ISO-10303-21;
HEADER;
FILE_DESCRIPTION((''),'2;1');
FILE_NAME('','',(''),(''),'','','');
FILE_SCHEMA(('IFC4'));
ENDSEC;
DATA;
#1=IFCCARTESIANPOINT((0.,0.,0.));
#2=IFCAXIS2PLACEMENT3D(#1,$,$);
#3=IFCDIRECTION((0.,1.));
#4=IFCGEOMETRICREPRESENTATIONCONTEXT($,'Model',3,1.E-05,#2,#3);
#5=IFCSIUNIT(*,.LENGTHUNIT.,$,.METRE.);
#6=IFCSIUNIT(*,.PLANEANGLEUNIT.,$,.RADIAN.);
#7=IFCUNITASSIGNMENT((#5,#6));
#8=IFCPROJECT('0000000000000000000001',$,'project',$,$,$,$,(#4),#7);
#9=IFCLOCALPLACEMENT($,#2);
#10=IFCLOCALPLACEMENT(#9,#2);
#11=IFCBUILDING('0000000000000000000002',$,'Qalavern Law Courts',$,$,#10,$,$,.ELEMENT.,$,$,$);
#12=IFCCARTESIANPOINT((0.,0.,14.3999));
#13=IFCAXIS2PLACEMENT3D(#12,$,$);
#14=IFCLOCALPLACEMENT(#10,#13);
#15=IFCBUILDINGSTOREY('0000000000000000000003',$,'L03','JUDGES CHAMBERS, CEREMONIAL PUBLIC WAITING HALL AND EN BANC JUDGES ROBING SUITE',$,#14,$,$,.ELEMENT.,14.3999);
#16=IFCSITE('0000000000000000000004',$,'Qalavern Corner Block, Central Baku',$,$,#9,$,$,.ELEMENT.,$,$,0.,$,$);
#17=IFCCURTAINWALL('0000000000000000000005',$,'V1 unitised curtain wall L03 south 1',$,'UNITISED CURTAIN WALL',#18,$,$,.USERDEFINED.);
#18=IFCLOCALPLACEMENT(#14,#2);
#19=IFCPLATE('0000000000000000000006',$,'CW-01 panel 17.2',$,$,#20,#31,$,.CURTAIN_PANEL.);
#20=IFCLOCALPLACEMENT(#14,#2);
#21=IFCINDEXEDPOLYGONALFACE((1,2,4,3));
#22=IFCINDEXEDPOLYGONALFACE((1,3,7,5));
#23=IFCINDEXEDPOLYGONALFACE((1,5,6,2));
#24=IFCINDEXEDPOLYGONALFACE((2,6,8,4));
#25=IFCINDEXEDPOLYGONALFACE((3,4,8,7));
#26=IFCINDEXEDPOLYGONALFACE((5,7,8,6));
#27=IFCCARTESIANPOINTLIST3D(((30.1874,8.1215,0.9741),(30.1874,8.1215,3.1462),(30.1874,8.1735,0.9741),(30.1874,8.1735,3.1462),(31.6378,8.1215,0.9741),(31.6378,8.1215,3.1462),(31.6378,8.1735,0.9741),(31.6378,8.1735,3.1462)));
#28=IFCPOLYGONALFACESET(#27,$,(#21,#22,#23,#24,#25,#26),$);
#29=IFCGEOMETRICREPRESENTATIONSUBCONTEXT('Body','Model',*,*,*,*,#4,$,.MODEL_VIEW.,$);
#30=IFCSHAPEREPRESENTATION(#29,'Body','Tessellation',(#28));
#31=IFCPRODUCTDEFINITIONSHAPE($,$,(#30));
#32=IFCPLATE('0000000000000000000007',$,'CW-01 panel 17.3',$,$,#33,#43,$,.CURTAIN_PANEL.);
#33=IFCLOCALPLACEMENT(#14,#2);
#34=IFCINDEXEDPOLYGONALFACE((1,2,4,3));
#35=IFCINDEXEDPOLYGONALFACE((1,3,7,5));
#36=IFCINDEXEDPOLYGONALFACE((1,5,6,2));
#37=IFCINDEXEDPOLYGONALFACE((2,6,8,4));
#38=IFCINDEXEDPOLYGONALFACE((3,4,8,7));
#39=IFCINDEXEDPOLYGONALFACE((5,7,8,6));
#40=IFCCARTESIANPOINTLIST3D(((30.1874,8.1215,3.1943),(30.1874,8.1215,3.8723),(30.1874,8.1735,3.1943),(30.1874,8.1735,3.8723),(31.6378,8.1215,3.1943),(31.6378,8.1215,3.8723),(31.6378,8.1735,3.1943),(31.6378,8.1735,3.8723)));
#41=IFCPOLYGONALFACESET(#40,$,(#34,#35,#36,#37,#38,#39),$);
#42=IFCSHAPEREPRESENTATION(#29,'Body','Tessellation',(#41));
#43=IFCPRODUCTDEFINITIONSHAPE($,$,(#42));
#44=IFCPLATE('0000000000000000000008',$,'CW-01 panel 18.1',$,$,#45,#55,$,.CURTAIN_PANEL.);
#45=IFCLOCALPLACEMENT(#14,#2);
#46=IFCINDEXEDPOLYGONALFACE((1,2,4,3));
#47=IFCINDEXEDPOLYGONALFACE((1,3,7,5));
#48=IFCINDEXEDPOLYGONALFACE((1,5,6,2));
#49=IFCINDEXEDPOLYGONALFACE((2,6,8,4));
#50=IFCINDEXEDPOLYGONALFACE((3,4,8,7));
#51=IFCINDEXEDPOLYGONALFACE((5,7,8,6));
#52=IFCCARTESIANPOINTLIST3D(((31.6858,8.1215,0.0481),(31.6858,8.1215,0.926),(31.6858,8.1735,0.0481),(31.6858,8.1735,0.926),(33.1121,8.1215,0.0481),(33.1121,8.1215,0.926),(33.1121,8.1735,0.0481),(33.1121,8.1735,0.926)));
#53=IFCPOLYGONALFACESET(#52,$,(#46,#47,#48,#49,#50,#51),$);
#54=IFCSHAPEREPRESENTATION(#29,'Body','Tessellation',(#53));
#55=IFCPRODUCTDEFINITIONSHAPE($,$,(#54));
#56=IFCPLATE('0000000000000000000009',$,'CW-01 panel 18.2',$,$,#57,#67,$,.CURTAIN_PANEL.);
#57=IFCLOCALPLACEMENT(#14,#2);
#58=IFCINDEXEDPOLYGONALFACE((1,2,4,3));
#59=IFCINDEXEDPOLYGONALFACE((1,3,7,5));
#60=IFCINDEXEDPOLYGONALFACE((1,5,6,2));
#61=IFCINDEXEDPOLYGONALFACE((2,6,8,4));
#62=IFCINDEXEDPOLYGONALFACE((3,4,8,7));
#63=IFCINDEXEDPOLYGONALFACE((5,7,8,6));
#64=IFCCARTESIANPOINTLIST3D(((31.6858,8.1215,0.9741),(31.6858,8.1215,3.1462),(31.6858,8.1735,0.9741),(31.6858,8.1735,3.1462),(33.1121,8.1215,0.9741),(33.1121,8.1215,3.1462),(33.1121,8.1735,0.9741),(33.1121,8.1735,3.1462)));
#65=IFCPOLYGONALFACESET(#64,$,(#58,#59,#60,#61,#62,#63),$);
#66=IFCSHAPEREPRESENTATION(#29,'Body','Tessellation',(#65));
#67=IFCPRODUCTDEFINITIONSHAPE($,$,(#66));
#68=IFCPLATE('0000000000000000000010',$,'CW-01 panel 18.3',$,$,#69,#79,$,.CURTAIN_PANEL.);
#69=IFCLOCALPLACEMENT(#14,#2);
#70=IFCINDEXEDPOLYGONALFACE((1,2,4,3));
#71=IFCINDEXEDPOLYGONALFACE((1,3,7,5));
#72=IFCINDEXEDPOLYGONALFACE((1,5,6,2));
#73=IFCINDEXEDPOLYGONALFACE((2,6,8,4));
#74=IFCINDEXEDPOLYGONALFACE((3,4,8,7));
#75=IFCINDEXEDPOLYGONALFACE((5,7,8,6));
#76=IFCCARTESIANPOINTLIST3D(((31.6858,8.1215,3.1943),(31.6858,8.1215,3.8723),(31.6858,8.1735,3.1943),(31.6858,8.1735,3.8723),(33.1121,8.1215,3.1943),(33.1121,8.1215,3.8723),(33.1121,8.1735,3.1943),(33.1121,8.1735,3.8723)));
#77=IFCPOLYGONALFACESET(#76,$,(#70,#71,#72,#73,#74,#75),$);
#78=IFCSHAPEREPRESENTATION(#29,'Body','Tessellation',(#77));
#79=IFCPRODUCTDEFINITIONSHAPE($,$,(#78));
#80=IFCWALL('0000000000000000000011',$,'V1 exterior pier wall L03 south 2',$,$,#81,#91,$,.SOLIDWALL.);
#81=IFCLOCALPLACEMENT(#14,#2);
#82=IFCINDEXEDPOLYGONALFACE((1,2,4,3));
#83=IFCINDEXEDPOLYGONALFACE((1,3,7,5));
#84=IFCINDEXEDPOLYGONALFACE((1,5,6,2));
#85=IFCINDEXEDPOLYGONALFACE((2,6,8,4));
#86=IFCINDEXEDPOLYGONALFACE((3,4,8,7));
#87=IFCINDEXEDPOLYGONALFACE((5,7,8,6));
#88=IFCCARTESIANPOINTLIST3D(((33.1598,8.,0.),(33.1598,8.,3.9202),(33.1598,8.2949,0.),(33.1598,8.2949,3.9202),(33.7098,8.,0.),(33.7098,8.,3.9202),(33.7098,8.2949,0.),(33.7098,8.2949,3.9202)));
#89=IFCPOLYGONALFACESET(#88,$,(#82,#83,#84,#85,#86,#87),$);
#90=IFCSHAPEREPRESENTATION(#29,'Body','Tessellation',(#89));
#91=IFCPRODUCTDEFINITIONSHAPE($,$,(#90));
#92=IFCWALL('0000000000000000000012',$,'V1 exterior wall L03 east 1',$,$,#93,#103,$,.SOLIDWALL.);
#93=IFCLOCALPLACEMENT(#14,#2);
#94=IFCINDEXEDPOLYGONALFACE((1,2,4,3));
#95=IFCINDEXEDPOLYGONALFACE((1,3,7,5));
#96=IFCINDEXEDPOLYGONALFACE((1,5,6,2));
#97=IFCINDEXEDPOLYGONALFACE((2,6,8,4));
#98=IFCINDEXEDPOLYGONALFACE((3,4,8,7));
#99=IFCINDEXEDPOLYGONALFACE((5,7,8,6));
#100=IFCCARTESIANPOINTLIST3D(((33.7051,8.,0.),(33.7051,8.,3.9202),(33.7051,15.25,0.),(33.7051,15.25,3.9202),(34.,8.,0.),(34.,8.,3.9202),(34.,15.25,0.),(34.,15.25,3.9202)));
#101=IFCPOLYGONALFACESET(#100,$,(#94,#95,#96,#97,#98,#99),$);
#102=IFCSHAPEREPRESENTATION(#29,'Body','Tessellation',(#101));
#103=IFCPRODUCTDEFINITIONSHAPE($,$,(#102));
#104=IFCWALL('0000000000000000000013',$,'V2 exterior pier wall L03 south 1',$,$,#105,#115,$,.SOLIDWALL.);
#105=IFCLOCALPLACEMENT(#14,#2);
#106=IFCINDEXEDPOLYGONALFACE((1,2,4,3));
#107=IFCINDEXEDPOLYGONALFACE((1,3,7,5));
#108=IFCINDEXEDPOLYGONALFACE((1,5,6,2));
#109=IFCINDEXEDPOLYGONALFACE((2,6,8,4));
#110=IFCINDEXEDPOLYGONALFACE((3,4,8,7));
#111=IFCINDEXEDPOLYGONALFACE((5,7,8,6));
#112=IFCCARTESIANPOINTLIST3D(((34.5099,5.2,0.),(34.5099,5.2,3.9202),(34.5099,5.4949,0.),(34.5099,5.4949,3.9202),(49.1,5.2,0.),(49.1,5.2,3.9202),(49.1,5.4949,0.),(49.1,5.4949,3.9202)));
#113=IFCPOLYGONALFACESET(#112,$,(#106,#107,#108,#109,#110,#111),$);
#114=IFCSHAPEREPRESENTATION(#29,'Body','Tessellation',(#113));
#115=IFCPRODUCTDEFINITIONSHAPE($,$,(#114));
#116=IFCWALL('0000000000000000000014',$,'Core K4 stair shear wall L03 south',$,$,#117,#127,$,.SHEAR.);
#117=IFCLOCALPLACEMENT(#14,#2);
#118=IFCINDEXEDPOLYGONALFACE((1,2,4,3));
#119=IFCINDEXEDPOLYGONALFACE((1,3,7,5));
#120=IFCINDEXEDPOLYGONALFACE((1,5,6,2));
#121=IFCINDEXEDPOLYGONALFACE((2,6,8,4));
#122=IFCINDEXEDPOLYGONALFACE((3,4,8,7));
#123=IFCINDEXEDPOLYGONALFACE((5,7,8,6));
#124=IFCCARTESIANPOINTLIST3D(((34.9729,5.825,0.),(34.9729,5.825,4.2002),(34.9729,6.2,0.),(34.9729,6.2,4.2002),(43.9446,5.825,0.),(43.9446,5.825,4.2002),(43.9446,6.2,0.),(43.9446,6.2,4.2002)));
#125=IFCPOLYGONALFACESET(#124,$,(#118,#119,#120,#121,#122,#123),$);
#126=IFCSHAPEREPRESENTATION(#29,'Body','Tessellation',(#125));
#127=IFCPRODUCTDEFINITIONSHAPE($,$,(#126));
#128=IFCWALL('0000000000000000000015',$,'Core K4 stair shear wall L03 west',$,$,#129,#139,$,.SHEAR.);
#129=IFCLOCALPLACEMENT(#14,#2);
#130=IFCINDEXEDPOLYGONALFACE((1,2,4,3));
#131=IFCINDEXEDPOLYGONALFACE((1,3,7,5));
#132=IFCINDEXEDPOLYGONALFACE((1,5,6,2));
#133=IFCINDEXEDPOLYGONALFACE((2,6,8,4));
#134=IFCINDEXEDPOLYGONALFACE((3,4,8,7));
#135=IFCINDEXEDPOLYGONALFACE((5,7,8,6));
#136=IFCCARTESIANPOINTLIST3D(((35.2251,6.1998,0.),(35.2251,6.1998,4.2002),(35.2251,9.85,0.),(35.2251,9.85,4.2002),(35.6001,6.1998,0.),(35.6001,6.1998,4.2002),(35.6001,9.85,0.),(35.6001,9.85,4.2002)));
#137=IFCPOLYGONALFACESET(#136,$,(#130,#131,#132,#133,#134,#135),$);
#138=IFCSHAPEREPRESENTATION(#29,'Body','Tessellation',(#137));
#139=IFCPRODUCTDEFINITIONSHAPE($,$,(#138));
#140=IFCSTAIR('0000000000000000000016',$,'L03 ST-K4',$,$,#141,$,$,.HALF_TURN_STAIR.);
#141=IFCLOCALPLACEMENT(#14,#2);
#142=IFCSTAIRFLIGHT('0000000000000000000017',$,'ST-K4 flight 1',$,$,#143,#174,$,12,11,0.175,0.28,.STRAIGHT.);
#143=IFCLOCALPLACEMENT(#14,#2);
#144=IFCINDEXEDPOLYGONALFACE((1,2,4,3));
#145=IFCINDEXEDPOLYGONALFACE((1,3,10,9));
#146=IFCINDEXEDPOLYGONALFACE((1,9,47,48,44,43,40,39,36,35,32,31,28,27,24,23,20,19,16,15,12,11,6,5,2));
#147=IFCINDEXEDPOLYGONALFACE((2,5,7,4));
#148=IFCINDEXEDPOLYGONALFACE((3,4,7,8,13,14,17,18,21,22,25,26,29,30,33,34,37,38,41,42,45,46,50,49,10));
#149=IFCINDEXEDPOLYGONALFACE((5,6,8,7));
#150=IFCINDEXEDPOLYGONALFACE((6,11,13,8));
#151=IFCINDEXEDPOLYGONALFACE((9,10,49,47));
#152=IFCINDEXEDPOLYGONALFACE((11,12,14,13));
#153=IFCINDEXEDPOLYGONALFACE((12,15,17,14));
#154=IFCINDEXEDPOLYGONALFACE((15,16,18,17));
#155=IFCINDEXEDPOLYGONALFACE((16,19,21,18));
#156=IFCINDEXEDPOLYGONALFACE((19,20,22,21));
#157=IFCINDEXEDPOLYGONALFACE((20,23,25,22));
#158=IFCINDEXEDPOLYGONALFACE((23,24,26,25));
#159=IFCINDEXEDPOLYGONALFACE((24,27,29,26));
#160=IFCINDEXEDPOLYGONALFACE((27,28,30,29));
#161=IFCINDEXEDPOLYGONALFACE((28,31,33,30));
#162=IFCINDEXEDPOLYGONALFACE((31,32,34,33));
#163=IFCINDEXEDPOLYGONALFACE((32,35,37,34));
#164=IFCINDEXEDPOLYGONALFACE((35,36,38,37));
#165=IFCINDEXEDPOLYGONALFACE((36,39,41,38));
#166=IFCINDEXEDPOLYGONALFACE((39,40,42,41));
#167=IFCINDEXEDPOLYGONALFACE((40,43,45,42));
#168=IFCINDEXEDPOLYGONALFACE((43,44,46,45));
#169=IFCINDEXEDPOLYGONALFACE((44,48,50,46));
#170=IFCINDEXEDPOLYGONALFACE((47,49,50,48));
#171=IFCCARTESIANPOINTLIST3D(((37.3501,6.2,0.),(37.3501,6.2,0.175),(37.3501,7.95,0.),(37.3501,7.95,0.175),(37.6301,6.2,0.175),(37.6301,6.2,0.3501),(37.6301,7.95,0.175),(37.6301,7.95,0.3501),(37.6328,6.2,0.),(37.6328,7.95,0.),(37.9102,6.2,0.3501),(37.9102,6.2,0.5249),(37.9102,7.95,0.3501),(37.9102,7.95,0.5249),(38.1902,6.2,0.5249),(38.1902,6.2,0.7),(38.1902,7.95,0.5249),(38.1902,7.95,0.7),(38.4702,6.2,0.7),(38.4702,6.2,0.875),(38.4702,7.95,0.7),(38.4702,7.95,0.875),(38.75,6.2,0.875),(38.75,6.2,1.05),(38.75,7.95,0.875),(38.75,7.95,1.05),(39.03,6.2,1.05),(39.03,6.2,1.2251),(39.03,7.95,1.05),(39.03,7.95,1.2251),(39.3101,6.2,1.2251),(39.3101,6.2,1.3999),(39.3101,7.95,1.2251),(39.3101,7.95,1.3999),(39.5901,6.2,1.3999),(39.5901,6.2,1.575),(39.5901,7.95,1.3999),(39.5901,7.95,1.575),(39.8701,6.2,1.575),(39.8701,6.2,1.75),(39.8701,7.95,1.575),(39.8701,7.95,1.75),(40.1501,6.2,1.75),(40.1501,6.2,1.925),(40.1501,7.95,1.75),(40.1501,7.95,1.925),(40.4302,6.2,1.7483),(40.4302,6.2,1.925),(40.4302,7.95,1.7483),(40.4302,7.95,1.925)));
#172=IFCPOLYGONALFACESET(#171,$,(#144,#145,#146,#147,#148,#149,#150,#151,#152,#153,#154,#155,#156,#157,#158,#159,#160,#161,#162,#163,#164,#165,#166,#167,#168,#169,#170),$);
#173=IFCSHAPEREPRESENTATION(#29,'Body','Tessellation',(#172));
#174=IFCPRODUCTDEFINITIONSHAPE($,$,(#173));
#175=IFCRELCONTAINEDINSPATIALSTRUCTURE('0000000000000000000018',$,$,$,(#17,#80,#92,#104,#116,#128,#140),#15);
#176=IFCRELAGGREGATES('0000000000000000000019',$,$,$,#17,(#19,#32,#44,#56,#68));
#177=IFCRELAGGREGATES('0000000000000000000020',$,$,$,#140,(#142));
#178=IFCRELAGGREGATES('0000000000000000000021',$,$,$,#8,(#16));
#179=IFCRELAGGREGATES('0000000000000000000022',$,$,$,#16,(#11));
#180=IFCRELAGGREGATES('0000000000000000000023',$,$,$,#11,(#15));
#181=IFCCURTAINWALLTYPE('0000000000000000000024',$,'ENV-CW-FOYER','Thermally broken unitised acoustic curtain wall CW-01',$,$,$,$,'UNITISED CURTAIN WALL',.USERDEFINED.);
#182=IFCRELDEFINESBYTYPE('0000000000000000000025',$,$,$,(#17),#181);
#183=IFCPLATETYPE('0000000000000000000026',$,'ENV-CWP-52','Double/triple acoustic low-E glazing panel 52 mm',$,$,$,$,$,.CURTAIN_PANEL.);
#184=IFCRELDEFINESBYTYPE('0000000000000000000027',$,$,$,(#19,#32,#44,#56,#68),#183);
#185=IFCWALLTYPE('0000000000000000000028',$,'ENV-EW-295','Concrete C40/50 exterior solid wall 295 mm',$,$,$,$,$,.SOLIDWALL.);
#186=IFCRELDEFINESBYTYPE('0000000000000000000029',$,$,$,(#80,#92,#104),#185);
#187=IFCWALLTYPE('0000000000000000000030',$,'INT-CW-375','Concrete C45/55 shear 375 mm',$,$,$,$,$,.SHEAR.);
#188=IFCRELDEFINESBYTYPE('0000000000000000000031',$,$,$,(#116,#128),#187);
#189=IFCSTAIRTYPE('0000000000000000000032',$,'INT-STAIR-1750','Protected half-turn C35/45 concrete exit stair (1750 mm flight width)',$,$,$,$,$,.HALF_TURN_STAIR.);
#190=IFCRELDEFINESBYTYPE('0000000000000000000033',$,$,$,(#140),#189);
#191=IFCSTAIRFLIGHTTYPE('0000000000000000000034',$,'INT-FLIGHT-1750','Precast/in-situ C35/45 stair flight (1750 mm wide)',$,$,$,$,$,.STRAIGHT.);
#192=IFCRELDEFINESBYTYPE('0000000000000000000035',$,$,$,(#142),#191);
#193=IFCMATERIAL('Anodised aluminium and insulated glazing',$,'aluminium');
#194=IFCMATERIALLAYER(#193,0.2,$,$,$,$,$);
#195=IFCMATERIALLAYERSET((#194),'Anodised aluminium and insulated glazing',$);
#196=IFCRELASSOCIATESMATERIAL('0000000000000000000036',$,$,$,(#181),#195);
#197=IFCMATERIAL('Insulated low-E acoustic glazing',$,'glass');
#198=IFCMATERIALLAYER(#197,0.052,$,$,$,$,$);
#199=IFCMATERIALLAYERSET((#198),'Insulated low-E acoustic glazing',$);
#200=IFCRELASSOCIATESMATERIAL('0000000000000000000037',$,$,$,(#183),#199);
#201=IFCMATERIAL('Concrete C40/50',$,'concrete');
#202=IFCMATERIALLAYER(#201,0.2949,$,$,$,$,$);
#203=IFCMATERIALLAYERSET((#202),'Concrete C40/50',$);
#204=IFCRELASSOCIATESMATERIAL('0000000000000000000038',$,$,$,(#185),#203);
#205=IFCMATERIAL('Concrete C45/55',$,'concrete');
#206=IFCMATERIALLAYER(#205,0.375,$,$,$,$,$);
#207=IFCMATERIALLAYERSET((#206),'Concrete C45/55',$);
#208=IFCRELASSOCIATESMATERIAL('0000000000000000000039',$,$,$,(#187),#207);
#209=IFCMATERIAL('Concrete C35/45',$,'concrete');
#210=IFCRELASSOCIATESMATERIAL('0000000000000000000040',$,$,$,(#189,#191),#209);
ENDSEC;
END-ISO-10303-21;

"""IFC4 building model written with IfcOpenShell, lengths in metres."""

from ifc_helpers import new_model, si_unit, direction, frame, frame_2d, origin, origin_2d, place, context, subcontext, project, spatial, polyline, rectangle, outline, extrude, material, layer, layer_set, type_object, element, aggregate, save


model = new_model("IFC4")

# Units and contexts
model_context = context("Model", 3, precision=1e-05, world=origin(), true_north=direction((0.0, 1.0)))
body_context = subcontext(model_context, "Body", "Model", "MODEL_VIEW")
ifc_project = project(units=[si_unit("LENGTHUNIT", "METRE"), si_unit("PLANEANGLEUNIT", "RADIAN")], contexts=[model_context])

# Site, building, storey
site_placement = place(None, origin())
site = spatial("IfcSite", under=ifc_project, at=site_placement, Name="Qalavern Corner Block, Central Baku", CompositionType="ELEMENT", RefElevation=0.0)
building_placement = place(site_placement, origin())
building = spatial("IfcBuilding", under=site, at=building_placement, Name="Qalavern Law Courts", CompositionType="ELEMENT")
storey_placement = place(building_placement, frame((0.0, 0.0, 14.3999)))
storey = spatial("IfcBuildingStorey", under=building, at=storey_placement, Name="L03", Description="JUDGES CHAMBERS, CEREMONIAL PUBLIC WAITING HALL AND EN BANC JUDGES ROBING SUITE", CompositionType="ELEMENT", Elevation=14.3999)

# Shared definitions
ifc_material_1 = material(Name="Concrete C45/55", Category="concrete")

# Curtain wall
ifc_material_2 = material(Name="Anodised aluminium and insulated glazing", Category="aluminium")
ifc_layer_1 = layer(ifc_material_2, 0.2)
ifc_layer_set_1 = layer_set([ifc_layer_1], Name="Anodised aluminium and insulated glazing")
curtain_wall_type = type_object("IfcCurtainWallType", Name="ENV-CW-FOYER", Description="Thermally broken unitised acoustic curtain wall CW-01", ElementType="UNITISED CURTAIN WALL", PredefinedType="USERDEFINED", material=ifc_layer_set_1)
curtain_wall_placement = place(storey_placement, origin())
curtain_wall = element("IfcCurtainWall", 1, at=curtain_wall_placement, inside=storey, type_object=curtain_wall_type, Name="V1 unitised curtain wall L03 south 1", ObjectType="UNITISED CURTAIN WALL", PredefinedType="USERDEFINED")

# Shared definitions
ifc_material_3 = material(Name="Concrete C40/50", Category="concrete")

# Plates
ifc_material_4 = material(Name="Insulated low-E acoustic glazing", Category="glass")
ifc_layer_2 = layer(ifc_material_4, 0.052)
ifc_layer_set_2 = layer_set([ifc_layer_2], Name="Insulated low-E acoustic glazing")
plate_type = type_object("IfcPlateType", Name="ENV-CWP-52", Description="Double/triple acoustic low-E glazing panel 52 mm", PredefinedType="CURTAIN_PANEL", material=ifc_layer_set_2)
plate_1_placement = place(storey_placement, frame((30.9126, 8.1475, 0.9741), z_axis=(0.0, 0.0, 1.0), x_axis=(1.0, 0.0, 0.0)))
plate_1 = element("IfcPlate", 2, at=plate_1_placement, type_object=plate_type, Name="CW-01 panel 17.2", PredefinedType="CURTAIN_PANEL", context=body_context, shape_type="SweptSolid", body=[
    extrude(rectangle(XDim=1.4504, YDim=0.052, at=origin_2d()), origin(), (0.0, 0.0, 1.0), 2.1721),
])
plate_2_placement = place(storey_placement, frame((30.9126, 8.1475, 3.1943), z_axis=(0.0, 0.0, 1.0), x_axis=(1.0, 0.0, 0.0)))
plate_2 = element("IfcPlate", 3, at=plate_2_placement, type_object=plate_type, Name="CW-01 panel 17.3", PredefinedType="CURTAIN_PANEL", context=body_context, shape_type="SweptSolid", body=[
    extrude(rectangle(XDim=1.4504, YDim=0.052, at=origin_2d()), origin(), (0.0, 0.0, 1.0), 0.678),
])
plate_3_placement = place(storey_placement, frame((32.3989, 8.1475, 0.0481), z_axis=(0.0, 0.0, 1.0), x_axis=(1.0, 0.0, 0.0)))
plate_3 = element("IfcPlate", 4, at=plate_3_placement, type_object=plate_type, Name="CW-01 panel 18.1", PredefinedType="CURTAIN_PANEL", context=body_context, shape_type="SweptSolid", body=[
    extrude(rectangle(XDim=1.4263, YDim=0.052, at=origin_2d()), origin(), (0.0, 0.0, 1.0), 0.8779),
])
plate_4_placement = place(storey_placement, frame((32.3989, 8.1475, 0.9741), z_axis=(0.0, 0.0, 1.0), x_axis=(1.0, 0.0, 0.0)))
plate_4 = element("IfcPlate", 5, at=plate_4_placement, type_object=plate_type, Name="CW-01 panel 18.2", PredefinedType="CURTAIN_PANEL", context=body_context, shape_type="SweptSolid", body=[
    extrude(rectangle(XDim=1.4263, YDim=0.052, at=origin_2d()), origin(), (0.0, 0.0, 1.0), 2.1721),
])
plate_5_placement = place(storey_placement, frame((32.3989, 8.1475, 3.1943), z_axis=(0.0, 0.0, 1.0), x_axis=(1.0, 0.0, 0.0)))
plate_5 = element("IfcPlate", 6, at=plate_5_placement, type_object=plate_type, Name="CW-01 panel 18.3", PredefinedType="CURTAIN_PANEL", context=body_context, shape_type="SweptSolid", body=[
    extrude(rectangle(XDim=1.4263, YDim=0.052, at=origin_2d()), origin(), (0.0, 0.0, 1.0), 0.678),
])
aggregate(curtain_wall, [plate_1, plate_2, plate_3, plate_4, plate_5])

# Walls
ifc_layer_3 = layer(ifc_material_3, 0.2949)
ifc_layer_set_3 = layer_set([ifc_layer_3], Name="Concrete C40/50")
wall_type_1 = type_object("IfcWallType", Name="ENV-EW-295", Description="Concrete C40/50 exterior solid wall 295 mm", PredefinedType="SOLIDWALL", material=ifc_layer_set_3)
wall_1_placement = place(storey_placement, frame((33.1599, 8.1475, 0.0), z_axis=(0.0, 0.0, 1.0), x_axis=(1.0, 0.0, 0.0)))
element("IfcWall", 7, at=wall_1_placement, inside=storey, type_object=wall_type_1, Name="V1 exterior pier wall L03 south 2", PredefinedType="SOLIDWALL", context=body_context, shape_type="SweptSolid", body=[
    extrude(rectangle(XDim=0.55, YDim=0.2949, at=frame_2d((0.2749, 0.0))), origin(), (0.0, 0.0, 1.0), 3.9202),
])
wall_2_placement = place(storey_placement, frame((33.8525, 8.0, 0.0), z_axis=(0.0, 0.0, 1.0), x_axis=(0.0, 1.0, 0.0)))
element("IfcWall", 8, at=wall_2_placement, inside=storey, type_object=wall_type_1, Name="V1 exterior wall L03 east 1", PredefinedType="SOLIDWALL", context=body_context, shape_type="SweptSolid", body=[
    extrude(rectangle(XDim=7.25, YDim=0.2949, at=frame_2d((3.625, 0.0))), origin(), (0.0, 0.0, 1.0), 3.9202),
])
wall_3_placement = place(storey_placement, frame((34.51, 5.3474, 0.0), z_axis=(0.0, 0.0, 1.0), x_axis=(1.0, 0.0, 0.0)))
element("IfcWall", 9, at=wall_3_placement, inside=storey, type_object=wall_type_1, Name="V2 exterior pier wall L03 south 1", PredefinedType="SOLIDWALL", context=body_context, shape_type="SweptSolid", body=[
    extrude(rectangle(XDim=14.5901, YDim=0.2949, at=frame_2d((7.2949, 0.0))), origin(), (0.0, 0.0, 1.0), 3.9202),
])
ifc_layer_4 = layer(ifc_material_1, 0.375)
ifc_layer_set_4 = layer_set([ifc_layer_4], Name="Concrete C45/55")
wall_type_2 = type_object("IfcWallType", Name="INT-CW-375", Description="Concrete C45/55 shear 375 mm", PredefinedType="SHEAR", material=ifc_layer_set_4)
wall_4_placement = place(storey_placement, frame((34.9729, 6.0125, 0.0), z_axis=(0.0, 0.0, 1.0), x_axis=(1.0, 0.0, 0.0)))
element("IfcWall", 10, at=wall_4_placement, inside=storey, type_object=wall_type_2, Name="Core K4 stair shear wall L03 south", PredefinedType="SHEAR", context=body_context, shape_type="SweptSolid", body=[
    extrude(rectangle(XDim=8.9717, YDim=0.375, at=frame_2d((4.4858, 0.0))), origin(), (0.0, 0.0, 1.0), 4.2002),
])
wall_5_placement = place(storey_placement, frame((35.4126, 9.8501, 0.0), z_axis=(0.0, 0.0, 1.0), x_axis=(0.0, -1.0, 0.0)))
element("IfcWall", 11, at=wall_5_placement, inside=storey, type_object=wall_type_2, Name="Core K4 stair shear wall L03 west", PredefinedType="SHEAR", context=body_context, shape_type="SweptSolid", body=[
    extrude(rectangle(XDim=3.6501, YDim=0.375, at=frame_2d((1.8252, 0.0))), origin(), (0.0, 0.0, 1.0), 4.2002),
])

# Stair, stair flight
ifc_material_5 = material(Name="Concrete C35/45", Category="concrete")
stair_type = type_object("IfcStairType", Name="INT-STAIR-1750", Description="Protected half-turn C35/45 concrete exit stair (1750 mm flight width)", PredefinedType="HALF_TURN_STAIR", material=ifc_material_5)
stair_placement = place(storey_placement, origin())
stair = element("IfcStair", 12, at=stair_placement, inside=storey, type_object=stair_type, Name="L03 ST-K4", PredefinedType="HALF_TURN_STAIR")
stair_flight_type = type_object("IfcStairFlightType", Name="INT-FLIGHT-1750", Description="Precast/in-situ C35/45 stair flight (1750 mm wide)", PredefinedType="STRAIGHT", material=ifc_material_5)
stair_flight_1_placement = place(storey_placement, frame((37.3501, 7.075, 0.0), z_axis=(0.0, 0.0, 1.0), x_axis=(1.0, 0.0, 0.0)))
stair_flight_1 = element("IfcStairFlight", 13, at=stair_flight_1_placement, type_object=stair_flight_type, Name="ST-K4 flight 1", NumberOfRisers=12, NumberOfTreads=11, PredefinedType="STRAIGHT", RiserHeight=0.175, TreadLength=0.28, context=body_context, shape_type="SweptSolid", body=[
    extrude(outline(polyline([(0.0, 0.0), (0.0, 0.175), (0.28, 0.175), (0.28, 0.3501), (0.5601, 0.3501), (0.5601, 0.5249), (0.8401, 0.5249), (0.8401, 0.7), (1.1201, 0.7), (1.1201, 0.875), (1.3999, 0.875), (1.3999, 1.05), (1.6799, 1.05), (1.6799, 1.2251), (1.96, 1.2251), (1.96, 1.3999), (2.24, 1.3999), (2.24, 1.575), (2.52, 1.575), (2.52, 1.75), (2.8, 1.75), (2.8, 1.925), (3.0801, 1.925), (3.0801, 2.1001), (3.0801, 1.7483), (0.2827, 0.0), (0.0, 0.0)])), frame((0.0, 0.875, 0.0), z_axis=(0.0, -1.0, 0.0), x_axis=(1.0, 0.0, 0.0)), (0.0, 0.0, 1.0), 1.75),
])
aggregate(stair, [stair_flight_1])

save(model, "model.ifc")
